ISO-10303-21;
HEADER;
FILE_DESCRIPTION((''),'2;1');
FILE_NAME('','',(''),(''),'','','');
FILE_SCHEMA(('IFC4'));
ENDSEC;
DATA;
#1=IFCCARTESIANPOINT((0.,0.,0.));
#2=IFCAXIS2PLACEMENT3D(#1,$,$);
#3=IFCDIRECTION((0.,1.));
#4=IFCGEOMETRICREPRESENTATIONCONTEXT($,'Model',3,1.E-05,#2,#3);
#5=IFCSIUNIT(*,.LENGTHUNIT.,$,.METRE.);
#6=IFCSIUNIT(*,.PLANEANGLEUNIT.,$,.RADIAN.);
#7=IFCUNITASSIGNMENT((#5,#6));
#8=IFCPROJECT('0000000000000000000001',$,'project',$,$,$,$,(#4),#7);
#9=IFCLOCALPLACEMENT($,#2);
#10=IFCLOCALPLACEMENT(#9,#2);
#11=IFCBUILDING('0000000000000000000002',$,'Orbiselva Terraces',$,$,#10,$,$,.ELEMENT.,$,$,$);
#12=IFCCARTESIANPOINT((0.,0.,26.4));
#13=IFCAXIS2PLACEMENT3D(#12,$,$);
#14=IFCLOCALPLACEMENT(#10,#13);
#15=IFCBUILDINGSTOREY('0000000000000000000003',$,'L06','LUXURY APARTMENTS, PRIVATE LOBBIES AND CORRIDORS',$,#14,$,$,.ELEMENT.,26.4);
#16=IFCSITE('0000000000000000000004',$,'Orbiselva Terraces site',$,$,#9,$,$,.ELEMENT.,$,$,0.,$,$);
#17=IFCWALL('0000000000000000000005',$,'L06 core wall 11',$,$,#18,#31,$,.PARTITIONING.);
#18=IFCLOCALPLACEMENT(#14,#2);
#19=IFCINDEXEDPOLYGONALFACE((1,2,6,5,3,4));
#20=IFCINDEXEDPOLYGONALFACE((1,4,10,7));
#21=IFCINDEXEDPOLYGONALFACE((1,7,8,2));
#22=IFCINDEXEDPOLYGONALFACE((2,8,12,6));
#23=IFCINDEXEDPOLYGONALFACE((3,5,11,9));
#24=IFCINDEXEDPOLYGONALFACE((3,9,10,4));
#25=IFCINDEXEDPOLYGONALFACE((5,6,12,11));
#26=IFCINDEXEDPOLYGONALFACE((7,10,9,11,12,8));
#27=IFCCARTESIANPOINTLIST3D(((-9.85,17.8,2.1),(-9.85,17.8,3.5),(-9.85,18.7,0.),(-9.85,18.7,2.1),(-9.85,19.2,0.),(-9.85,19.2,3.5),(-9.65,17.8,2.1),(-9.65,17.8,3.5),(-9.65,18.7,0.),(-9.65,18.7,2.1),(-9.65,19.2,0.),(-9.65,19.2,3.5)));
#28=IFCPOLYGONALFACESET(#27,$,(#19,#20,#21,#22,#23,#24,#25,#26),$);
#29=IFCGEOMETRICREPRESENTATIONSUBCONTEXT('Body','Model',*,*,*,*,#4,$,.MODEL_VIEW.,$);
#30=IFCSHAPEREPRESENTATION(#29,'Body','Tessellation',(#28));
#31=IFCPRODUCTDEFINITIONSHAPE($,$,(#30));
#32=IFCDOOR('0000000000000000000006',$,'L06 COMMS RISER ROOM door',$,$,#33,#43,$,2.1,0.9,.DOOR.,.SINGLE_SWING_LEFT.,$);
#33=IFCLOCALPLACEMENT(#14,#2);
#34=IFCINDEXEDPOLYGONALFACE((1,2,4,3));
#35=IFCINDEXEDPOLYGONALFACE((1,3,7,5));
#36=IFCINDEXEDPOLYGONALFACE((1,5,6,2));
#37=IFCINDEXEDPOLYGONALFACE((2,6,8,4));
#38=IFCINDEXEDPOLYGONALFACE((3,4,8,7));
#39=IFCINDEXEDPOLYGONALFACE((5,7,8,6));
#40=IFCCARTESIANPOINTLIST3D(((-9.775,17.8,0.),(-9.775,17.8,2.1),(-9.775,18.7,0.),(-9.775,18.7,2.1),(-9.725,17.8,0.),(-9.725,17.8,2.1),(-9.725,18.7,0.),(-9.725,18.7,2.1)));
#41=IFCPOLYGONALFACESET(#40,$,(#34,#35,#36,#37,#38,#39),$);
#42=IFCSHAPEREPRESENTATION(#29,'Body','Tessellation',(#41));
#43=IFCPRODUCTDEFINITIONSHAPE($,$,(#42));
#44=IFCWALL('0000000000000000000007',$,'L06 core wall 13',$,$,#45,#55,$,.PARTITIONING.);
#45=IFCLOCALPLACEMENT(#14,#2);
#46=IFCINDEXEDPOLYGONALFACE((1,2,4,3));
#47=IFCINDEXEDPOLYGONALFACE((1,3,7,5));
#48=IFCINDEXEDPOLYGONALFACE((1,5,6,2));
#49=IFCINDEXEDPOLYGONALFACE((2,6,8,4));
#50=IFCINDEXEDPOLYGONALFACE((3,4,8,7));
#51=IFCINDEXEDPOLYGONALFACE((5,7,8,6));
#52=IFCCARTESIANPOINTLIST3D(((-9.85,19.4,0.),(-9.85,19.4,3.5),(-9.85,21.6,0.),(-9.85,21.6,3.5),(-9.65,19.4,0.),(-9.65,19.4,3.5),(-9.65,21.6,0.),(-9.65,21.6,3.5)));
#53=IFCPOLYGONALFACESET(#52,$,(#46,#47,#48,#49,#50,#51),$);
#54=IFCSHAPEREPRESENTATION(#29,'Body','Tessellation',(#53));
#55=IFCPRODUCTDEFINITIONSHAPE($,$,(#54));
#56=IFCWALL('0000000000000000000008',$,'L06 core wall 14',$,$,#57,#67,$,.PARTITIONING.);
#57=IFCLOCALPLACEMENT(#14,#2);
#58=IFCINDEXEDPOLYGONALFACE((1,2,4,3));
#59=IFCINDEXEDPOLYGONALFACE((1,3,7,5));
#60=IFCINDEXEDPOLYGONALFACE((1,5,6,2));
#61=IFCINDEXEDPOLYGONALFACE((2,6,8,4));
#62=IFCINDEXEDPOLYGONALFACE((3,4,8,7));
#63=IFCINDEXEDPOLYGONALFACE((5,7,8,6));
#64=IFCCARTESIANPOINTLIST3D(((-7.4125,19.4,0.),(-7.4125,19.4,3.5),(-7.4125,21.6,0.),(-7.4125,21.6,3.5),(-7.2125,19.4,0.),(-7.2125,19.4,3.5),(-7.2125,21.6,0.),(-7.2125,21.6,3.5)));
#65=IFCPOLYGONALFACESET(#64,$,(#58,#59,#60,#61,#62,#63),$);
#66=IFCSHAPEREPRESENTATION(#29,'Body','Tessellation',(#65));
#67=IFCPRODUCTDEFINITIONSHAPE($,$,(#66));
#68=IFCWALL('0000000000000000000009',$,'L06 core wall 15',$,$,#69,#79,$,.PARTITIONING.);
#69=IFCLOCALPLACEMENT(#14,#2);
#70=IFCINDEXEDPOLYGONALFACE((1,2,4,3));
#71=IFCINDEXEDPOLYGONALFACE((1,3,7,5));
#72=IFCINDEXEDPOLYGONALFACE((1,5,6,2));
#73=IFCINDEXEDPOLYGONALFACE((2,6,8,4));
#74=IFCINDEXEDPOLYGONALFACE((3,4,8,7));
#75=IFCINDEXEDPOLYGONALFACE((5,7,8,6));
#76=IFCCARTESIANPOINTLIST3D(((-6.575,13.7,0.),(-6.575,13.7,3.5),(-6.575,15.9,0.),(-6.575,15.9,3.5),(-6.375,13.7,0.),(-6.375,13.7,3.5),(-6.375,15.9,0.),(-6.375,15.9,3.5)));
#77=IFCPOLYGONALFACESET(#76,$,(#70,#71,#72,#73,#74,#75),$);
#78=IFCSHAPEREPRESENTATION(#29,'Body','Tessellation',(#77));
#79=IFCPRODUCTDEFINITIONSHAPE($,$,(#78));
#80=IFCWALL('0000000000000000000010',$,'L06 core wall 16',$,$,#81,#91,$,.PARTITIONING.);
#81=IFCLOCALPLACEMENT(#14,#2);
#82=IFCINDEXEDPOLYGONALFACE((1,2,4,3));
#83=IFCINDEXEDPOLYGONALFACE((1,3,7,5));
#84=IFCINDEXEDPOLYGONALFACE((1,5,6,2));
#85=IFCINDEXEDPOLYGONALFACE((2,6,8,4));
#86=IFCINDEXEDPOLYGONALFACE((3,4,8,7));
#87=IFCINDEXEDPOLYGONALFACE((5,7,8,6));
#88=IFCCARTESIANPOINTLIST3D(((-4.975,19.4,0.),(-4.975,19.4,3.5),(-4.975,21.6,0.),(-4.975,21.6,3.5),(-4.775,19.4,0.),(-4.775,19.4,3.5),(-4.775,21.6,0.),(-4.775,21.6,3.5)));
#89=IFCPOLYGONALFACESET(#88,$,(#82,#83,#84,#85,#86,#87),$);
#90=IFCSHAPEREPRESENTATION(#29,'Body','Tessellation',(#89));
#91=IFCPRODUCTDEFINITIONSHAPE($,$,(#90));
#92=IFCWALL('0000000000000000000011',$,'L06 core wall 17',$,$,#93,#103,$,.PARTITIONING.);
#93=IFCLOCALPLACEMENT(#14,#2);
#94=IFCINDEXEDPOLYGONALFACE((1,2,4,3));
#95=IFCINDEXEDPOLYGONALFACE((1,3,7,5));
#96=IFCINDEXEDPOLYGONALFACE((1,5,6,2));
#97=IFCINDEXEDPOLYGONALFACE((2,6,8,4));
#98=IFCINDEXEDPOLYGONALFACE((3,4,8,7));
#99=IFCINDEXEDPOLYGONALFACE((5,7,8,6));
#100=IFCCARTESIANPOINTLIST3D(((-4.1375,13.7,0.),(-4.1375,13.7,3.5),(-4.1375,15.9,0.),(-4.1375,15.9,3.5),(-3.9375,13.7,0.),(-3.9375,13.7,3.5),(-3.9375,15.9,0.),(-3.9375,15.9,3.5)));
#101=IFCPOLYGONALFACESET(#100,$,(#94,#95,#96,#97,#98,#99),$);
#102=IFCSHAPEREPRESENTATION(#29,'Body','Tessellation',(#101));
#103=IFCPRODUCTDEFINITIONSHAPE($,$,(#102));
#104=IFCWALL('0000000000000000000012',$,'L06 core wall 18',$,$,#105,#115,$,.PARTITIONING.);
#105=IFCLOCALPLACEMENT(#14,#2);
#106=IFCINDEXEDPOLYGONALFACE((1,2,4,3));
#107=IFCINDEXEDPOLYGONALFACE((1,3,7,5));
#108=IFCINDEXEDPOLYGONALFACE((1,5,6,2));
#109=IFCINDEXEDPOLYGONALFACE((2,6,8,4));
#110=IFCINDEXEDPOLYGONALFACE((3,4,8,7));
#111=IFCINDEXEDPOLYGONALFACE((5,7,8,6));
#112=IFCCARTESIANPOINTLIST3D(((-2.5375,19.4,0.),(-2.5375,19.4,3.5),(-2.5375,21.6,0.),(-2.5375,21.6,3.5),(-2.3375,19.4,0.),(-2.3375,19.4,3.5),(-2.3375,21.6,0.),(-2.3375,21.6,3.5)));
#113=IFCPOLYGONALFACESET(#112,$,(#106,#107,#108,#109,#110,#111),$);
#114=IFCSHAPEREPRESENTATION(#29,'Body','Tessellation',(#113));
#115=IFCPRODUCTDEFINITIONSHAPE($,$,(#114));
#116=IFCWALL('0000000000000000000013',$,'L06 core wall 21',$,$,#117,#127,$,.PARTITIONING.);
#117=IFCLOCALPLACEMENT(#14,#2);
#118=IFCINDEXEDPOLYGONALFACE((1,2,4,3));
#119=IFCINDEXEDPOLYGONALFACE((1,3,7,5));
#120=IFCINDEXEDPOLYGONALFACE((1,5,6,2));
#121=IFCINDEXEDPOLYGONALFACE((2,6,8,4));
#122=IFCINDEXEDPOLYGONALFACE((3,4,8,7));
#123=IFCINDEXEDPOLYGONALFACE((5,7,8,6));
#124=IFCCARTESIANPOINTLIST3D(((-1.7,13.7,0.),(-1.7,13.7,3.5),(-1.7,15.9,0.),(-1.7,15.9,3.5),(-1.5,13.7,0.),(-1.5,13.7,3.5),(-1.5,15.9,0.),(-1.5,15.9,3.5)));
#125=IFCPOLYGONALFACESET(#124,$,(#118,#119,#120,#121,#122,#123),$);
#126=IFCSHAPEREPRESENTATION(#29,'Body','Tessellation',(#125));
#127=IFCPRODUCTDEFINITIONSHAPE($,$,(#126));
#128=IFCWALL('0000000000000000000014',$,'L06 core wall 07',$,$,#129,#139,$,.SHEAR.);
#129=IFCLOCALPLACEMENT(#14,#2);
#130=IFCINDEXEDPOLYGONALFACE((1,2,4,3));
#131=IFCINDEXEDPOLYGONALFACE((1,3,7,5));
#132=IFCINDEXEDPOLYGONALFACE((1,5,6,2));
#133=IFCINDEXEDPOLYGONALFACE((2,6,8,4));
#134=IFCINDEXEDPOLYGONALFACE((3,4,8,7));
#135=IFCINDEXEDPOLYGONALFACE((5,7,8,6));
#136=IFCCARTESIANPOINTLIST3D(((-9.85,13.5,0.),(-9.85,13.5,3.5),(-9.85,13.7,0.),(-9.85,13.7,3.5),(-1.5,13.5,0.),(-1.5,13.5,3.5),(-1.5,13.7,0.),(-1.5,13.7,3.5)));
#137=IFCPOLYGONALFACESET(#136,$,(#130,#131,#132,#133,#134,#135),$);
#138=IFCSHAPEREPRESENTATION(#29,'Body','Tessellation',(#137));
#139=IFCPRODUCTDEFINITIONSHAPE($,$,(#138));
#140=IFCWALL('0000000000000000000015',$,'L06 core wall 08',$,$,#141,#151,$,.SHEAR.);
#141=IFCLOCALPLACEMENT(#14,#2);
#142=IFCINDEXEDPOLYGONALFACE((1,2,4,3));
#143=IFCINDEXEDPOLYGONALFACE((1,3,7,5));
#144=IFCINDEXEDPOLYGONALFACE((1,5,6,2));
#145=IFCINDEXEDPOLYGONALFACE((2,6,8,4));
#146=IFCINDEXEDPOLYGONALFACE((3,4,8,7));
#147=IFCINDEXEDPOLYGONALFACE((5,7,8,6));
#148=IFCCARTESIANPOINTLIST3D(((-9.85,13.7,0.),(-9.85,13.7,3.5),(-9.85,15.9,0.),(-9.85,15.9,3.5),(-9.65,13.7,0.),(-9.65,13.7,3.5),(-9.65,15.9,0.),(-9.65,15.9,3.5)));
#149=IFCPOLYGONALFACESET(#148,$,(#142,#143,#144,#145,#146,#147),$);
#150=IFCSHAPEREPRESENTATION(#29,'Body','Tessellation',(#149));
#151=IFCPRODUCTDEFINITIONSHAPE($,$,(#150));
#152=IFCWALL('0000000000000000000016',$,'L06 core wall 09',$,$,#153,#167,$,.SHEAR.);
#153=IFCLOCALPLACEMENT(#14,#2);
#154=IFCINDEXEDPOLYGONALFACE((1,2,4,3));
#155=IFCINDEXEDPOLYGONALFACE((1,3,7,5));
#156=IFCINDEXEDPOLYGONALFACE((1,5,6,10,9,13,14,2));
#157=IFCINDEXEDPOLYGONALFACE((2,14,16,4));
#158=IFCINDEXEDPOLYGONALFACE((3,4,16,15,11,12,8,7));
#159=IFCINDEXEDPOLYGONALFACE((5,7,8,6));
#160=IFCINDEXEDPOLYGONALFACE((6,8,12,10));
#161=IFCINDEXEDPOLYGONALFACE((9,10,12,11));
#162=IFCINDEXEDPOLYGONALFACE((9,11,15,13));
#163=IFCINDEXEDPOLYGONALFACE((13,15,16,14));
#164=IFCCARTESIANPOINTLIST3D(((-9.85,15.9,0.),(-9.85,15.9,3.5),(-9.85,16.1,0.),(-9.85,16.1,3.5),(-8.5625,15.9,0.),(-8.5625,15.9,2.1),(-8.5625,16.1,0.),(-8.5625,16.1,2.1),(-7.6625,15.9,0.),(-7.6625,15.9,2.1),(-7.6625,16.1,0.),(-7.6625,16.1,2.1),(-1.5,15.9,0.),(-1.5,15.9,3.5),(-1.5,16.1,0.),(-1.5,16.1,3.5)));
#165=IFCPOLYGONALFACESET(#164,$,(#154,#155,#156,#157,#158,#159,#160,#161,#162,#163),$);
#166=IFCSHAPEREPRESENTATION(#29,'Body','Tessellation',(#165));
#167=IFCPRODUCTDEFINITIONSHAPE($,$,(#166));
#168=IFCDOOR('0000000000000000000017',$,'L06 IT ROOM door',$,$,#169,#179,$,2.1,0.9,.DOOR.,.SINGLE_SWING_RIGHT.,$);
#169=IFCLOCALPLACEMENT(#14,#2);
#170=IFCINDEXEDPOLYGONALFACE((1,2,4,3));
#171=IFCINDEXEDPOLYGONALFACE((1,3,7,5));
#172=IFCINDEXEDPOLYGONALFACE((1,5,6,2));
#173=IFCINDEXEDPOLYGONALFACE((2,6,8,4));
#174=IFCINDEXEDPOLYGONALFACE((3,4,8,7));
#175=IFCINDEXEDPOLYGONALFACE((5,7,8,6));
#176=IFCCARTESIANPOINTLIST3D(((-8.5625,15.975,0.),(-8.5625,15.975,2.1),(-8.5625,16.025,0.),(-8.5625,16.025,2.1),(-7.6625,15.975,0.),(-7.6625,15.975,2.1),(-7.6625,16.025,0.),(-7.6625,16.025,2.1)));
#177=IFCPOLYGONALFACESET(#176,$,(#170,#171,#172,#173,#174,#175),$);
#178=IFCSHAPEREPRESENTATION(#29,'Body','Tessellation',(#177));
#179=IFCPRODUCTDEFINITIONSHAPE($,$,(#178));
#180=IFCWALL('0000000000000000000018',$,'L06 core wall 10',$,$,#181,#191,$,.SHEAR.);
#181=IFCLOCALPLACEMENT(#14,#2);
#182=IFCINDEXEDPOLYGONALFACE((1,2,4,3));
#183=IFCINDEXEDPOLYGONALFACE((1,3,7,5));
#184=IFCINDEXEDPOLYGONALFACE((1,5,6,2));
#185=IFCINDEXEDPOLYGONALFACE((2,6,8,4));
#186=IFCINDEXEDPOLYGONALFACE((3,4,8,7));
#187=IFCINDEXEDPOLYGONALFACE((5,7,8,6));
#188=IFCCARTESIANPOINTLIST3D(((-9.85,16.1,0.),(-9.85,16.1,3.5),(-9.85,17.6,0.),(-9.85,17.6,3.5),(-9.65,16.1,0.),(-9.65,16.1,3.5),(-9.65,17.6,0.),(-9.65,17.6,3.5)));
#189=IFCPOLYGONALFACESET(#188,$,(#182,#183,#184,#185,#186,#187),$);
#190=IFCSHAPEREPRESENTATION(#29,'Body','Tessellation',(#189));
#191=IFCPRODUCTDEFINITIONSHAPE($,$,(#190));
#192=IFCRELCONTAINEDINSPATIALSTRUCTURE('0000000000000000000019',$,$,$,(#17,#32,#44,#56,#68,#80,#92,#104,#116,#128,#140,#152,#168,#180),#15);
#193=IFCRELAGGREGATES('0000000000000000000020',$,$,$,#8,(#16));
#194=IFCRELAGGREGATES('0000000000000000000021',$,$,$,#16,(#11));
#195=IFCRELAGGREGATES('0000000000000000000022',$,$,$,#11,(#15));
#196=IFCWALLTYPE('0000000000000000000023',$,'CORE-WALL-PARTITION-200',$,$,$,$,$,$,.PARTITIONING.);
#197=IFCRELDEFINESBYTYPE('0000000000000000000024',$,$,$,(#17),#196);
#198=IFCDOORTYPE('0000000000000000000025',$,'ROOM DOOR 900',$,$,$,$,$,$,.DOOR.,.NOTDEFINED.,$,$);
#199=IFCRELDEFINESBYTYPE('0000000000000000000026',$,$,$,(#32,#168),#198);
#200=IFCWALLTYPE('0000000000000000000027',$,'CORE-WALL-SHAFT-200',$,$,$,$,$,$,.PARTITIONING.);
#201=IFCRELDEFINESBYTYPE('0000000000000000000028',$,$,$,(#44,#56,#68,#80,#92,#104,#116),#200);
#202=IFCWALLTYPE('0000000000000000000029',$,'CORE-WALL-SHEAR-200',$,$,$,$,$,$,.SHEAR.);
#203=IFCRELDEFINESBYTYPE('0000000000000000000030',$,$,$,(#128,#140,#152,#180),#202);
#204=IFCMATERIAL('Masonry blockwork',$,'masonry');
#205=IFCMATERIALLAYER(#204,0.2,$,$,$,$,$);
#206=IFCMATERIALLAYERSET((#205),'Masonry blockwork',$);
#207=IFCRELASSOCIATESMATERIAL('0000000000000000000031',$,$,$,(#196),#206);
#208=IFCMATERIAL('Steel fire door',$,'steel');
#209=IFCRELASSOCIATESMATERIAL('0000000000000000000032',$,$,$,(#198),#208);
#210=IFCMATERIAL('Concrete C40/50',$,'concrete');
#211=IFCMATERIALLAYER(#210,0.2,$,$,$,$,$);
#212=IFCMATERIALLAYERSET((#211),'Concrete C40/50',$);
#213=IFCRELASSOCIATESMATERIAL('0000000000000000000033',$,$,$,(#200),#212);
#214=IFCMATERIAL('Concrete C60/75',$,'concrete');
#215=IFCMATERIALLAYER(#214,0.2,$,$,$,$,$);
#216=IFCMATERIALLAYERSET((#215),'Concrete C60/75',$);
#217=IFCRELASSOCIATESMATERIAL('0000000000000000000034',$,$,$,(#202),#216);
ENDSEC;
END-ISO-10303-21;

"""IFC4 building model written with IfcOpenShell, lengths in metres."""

from ifc_helpers import new_model, si_unit, direction, frame, frame_2d, origin, place, context, subcontext, project, spatial, rectangle, extrude, material, layer, layer_set, type_object, element, fill, save


model = new_model("IFC4")

# Units and contexts
model_context = context("Model", 3, precision=1e-05, world=origin(), true_north=direction((0.0, 1.0)))
body_context = subcontext(model_context, "Body", "Model", "MODEL_VIEW")
ifc_project = project(units=[si_unit("LENGTHUNIT", "METRE"), si_unit("PLANEANGLEUNIT", "RADIAN")], contexts=[model_context])

# Site, building, storey
site_placement = place(None, origin())
site = spatial("IfcSite", under=ifc_project, at=site_placement, Name="Orbiselva Terraces site", CompositionType="ELEMENT", RefElevation=0.0)
building_placement = place(site_placement, origin())
building = spatial("IfcBuilding", under=site, at=building_placement, Name="Orbiselva Terraces", CompositionType="ELEMENT")
storey_placement = place(building_placement, frame((0.0, 0.0, 26.4)))
storey = spatial("IfcBuildingStorey", under=building, at=storey_placement, Name="L06", Description="LUXURY APARTMENTS, PRIVATE LOBBIES AND CORRIDORS", CompositionType="ELEMENT", Elevation=26.4)

# Wall, opening, door
ifc_material_1 = material(Name="Masonry blockwork", Category="masonry")
ifc_layer_1 = layer(ifc_material_1, 0.2)
ifc_layer_set_1 = layer_set([ifc_layer_1], Name="Masonry blockwork")
wall_type_1 = type_object("IfcWallType", Name="CORE-WALL-PARTITION-200", PredefinedType="PARTITIONING", material=ifc_layer_set_1)
wall_1_placement = place(storey_placement, frame((-9.75, 17.8, 0.0), z_axis=(0.0, 0.0, 1.0), x_axis=(0.0, 1.0, 0.0)))
wall_1 = element("IfcWall", 1, at=wall_1_placement, inside=storey, type_object=wall_type_1, Name="L06 core wall 11", PredefinedType="PARTITIONING", context=body_context, shape_type="SweptSolid", body=[
    extrude(rectangle(XDim=1.4, YDim=0.2, at=frame_2d((0.7, 0.0))), origin(), (0.0, 0.0, 1.0), 3.5),
])
opening_1_placement = place(wall_1_placement, origin())
opening_1 = element("IfcOpeningElement", 2, at=opening_1_placement, cuts=wall_1, PredefinedType="OPENING", context=body_context, shape_type="SweptSolid", body=[
    extrude(rectangle(XDim=0.9, YDim=2.1, at=frame_2d((0.45, 1.05))), frame((0.0, 0.11, 0.0), z_axis=(0.0, -1.0, 0.0), x_axis=(1.0, 0.0, 0.0)), (0.0, 0.0, 1.0), 0.22),
])
ifc_material_2 = material(Name="Steel fire door", Category="steel")
door_type_1 = type_object("IfcDoorType", Name="ROOM DOOR 900", OperationType="NOTDEFINED", PredefinedType="DOOR", material=ifc_material_2)
door_1_placement = place(opening_1_placement, origin())
door_1 = element("IfcDoor", 3, at=door_1_placement, inside=storey, type_object=door_type_1, Name="L06 COMMS RISER ROOM door", OperationType="SINGLE_SWING_LEFT", OverallHeight=2.1, OverallWidth=0.9, PredefinedType="DOOR", context=body_context, shape_type="SweptSolid", body=[
    extrude(rectangle(XDim=0.9, YDim=2.1, at=frame_2d((0.45, 1.05))), frame((0.0, 0.025, 0.0), z_axis=(0.0, -1.0, 0.0), x_axis=(1.0, 0.0, 0.0)), (0.0, 0.0, 1.0), 0.05),
])
fill(opening_1, door_1)

# Walls
ifc_material_3 = material(Name="Concrete C40/50", Category="concrete")
ifc_layer_2 = layer(ifc_material_3, 0.2)
ifc_layer_set_2 = layer_set([ifc_layer_2], Name="Concrete C40/50")
wall_type_2 = type_object("IfcWallType", Name="CORE-WALL-SHAFT-200", PredefinedType="PARTITIONING", material=ifc_layer_set_2)
for number, where, z_axis, x_axis, name in (
    (4, (-9.75, 19.4, 0.0), (0.0, 0.0, 1.0), (0.0, 1.0, 0.0), "L06 core wall 13"),
    (5, (-7.3125, 19.4, 0.0), (0.0, 0.0, 1.0), (0.0, 1.0, 0.0), "L06 core wall 14"),
    (6, (-6.475, 13.7, 0.0), (0.0, 0.0, 1.0), (0.0, 1.0, 0.0), "L06 core wall 15"),
    (7, (-4.875, 19.4, 0.0), (0.0, 0.0, 1.0), (0.0, 1.0, 0.0), "L06 core wall 16"),
    (8, (-4.0375, 13.7, 0.0), (0.0, 0.0, 1.0), (0.0, 1.0, 0.0), "L06 core wall 17"),
    (9, (-2.4375, 19.4, 0.0), (0.0, 0.0, 1.0), (0.0, 1.0, 0.0), "L06 core wall 18"),
    (10, (-1.6, 13.7, 0.0), (0.0, 0.0, 1.0), (0.0, 1.0, 0.0), "L06 core wall 21"),
):
    element("IfcWall", number, at=place(storey_placement, frame(where, z_axis=z_axis, x_axis=x_axis)), inside=storey, type_object=wall_type_2, Name=name, PredefinedType="PARTITIONING", context=body_context, shape_type="SweptSolid", body=[
        extrude(rectangle(XDim=2.2, YDim=0.2, at=frame_2d((1.1, 0.0))), origin(), (0.0, 0.0, 1.0), 3.5),
    ])
ifc_material_4 = material(Name="Concrete C60/75", Category="concrete")
ifc_layer_3 = layer(ifc_material_4, 0.2)
ifc_layer_set_3 = layer_set([ifc_layer_3], Name="Concrete C60/75")
wall_type_3 = type_object("IfcWallType", Name="CORE-WALL-SHEAR-200", PredefinedType="SHEAR", material=ifc_layer_set_3)
wall_2_placement = place(storey_placement, frame((-9.85, 13.6, 0.0), z_axis=(0.0, 0.0, 1.0), x_axis=(1.0, 0.0, 0.0)))
element("IfcWall", 11, at=wall_2_placement, inside=storey, type_object=wall_type_3, Name="L06 core wall 07", PredefinedType="SHEAR", context=body_context, shape_type="SweptSolid", body=[
    extrude(rectangle(XDim=8.35, YDim=0.2, at=frame_2d((4.175, 0.0))), origin(), (0.0, 0.0, 1.0), 3.5),
])
wall_3_placement = place(storey_placement, frame((-9.75, 13.7, 0.0), z_axis=(0.0, 0.0, 1.0), x_axis=(0.0, 1.0, 0.0)))
element("IfcWall", 12, at=wall_3_placement, inside=storey, type_object=wall_type_3, Name="L06 core wall 08", PredefinedType="SHEAR", context=body_context, shape_type="SweptSolid", body=[
    extrude(rectangle(XDim=2.2, YDim=0.2, at=frame_2d((1.1, 0.0))), origin(), (0.0, 0.0, 1.0), 3.5),
])

# Wall, opening, door
wall_4_placement = place(storey_placement, frame((-1.5, 16.0, 0.0), z_axis=(0.0, 0.0, 1.0), x_axis=(-1.0, 0.0, 0.0)))
wall_4 = element("IfcWall", 13, at=wall_4_placement, inside=storey, type_object=wall_type_3, Name="L06 core wall 09", PredefinedType="SHEAR", context=body_context, shape_type="SweptSolid", body=[
    extrude(rectangle(XDim=8.35, YDim=0.2, at=frame_2d((4.175, 0.0))), origin(), (0.0, 0.0, 1.0), 3.5),
])
opening_2_placement = place(wall_4_placement, frame((6.1625, 0.0, 0.0)))
opening_2 = element("IfcOpeningElement", 14, at=opening_2_placement, cuts=wall_4, PredefinedType="OPENING", context=body_context, shape_type="SweptSolid", body=[
    extrude(rectangle(XDim=0.9, YDim=2.1, at=frame_2d((0.45, 1.05))), frame((0.0, 0.11, 0.0), z_axis=(0.0, -1.0, 0.0), x_axis=(1.0, 0.0, 0.0)), (0.0, 0.0, 1.0), 0.22),
])
door_2_placement = place(opening_2_placement, origin())
door_2 = element("IfcDoor", 15, at=door_2_placement, inside=storey, type_object=door_type_1, Name="L06 IT ROOM door", OperationType="SINGLE_SWING_RIGHT", OverallHeight=2.1, OverallWidth=0.9, PredefinedType="DOOR", context=body_context, shape_type="SweptSolid", body=[
    extrude(rectangle(XDim=0.9, YDim=2.1, at=frame_2d((0.45, 1.05))), frame((0.0, 0.025, 0.0), z_axis=(0.0, -1.0, 0.0), x_axis=(1.0, 0.0, 0.0)), (0.0, 0.0, 1.0), 0.05),
])
fill(opening_2, door_2)

# Wall
wall_5_placement = place(storey_placement, frame((-9.75, 16.1, 0.0), z_axis=(0.0, 0.0, 1.0), x_axis=(0.0, 1.0, 0.0)))
element("IfcWall", 16, at=wall_5_placement, inside=storey, type_object=wall_type_3, Name="L06 core wall 10", PredefinedType="SHEAR", context=body_context, shape_type="SweptSolid", body=[
    extrude(rectangle(XDim=1.5, YDim=0.2, at=frame_2d((0.75, 0.0))), origin(), (0.0, 0.0, 1.0), 3.5),
])

save(model, "model.ifc")
